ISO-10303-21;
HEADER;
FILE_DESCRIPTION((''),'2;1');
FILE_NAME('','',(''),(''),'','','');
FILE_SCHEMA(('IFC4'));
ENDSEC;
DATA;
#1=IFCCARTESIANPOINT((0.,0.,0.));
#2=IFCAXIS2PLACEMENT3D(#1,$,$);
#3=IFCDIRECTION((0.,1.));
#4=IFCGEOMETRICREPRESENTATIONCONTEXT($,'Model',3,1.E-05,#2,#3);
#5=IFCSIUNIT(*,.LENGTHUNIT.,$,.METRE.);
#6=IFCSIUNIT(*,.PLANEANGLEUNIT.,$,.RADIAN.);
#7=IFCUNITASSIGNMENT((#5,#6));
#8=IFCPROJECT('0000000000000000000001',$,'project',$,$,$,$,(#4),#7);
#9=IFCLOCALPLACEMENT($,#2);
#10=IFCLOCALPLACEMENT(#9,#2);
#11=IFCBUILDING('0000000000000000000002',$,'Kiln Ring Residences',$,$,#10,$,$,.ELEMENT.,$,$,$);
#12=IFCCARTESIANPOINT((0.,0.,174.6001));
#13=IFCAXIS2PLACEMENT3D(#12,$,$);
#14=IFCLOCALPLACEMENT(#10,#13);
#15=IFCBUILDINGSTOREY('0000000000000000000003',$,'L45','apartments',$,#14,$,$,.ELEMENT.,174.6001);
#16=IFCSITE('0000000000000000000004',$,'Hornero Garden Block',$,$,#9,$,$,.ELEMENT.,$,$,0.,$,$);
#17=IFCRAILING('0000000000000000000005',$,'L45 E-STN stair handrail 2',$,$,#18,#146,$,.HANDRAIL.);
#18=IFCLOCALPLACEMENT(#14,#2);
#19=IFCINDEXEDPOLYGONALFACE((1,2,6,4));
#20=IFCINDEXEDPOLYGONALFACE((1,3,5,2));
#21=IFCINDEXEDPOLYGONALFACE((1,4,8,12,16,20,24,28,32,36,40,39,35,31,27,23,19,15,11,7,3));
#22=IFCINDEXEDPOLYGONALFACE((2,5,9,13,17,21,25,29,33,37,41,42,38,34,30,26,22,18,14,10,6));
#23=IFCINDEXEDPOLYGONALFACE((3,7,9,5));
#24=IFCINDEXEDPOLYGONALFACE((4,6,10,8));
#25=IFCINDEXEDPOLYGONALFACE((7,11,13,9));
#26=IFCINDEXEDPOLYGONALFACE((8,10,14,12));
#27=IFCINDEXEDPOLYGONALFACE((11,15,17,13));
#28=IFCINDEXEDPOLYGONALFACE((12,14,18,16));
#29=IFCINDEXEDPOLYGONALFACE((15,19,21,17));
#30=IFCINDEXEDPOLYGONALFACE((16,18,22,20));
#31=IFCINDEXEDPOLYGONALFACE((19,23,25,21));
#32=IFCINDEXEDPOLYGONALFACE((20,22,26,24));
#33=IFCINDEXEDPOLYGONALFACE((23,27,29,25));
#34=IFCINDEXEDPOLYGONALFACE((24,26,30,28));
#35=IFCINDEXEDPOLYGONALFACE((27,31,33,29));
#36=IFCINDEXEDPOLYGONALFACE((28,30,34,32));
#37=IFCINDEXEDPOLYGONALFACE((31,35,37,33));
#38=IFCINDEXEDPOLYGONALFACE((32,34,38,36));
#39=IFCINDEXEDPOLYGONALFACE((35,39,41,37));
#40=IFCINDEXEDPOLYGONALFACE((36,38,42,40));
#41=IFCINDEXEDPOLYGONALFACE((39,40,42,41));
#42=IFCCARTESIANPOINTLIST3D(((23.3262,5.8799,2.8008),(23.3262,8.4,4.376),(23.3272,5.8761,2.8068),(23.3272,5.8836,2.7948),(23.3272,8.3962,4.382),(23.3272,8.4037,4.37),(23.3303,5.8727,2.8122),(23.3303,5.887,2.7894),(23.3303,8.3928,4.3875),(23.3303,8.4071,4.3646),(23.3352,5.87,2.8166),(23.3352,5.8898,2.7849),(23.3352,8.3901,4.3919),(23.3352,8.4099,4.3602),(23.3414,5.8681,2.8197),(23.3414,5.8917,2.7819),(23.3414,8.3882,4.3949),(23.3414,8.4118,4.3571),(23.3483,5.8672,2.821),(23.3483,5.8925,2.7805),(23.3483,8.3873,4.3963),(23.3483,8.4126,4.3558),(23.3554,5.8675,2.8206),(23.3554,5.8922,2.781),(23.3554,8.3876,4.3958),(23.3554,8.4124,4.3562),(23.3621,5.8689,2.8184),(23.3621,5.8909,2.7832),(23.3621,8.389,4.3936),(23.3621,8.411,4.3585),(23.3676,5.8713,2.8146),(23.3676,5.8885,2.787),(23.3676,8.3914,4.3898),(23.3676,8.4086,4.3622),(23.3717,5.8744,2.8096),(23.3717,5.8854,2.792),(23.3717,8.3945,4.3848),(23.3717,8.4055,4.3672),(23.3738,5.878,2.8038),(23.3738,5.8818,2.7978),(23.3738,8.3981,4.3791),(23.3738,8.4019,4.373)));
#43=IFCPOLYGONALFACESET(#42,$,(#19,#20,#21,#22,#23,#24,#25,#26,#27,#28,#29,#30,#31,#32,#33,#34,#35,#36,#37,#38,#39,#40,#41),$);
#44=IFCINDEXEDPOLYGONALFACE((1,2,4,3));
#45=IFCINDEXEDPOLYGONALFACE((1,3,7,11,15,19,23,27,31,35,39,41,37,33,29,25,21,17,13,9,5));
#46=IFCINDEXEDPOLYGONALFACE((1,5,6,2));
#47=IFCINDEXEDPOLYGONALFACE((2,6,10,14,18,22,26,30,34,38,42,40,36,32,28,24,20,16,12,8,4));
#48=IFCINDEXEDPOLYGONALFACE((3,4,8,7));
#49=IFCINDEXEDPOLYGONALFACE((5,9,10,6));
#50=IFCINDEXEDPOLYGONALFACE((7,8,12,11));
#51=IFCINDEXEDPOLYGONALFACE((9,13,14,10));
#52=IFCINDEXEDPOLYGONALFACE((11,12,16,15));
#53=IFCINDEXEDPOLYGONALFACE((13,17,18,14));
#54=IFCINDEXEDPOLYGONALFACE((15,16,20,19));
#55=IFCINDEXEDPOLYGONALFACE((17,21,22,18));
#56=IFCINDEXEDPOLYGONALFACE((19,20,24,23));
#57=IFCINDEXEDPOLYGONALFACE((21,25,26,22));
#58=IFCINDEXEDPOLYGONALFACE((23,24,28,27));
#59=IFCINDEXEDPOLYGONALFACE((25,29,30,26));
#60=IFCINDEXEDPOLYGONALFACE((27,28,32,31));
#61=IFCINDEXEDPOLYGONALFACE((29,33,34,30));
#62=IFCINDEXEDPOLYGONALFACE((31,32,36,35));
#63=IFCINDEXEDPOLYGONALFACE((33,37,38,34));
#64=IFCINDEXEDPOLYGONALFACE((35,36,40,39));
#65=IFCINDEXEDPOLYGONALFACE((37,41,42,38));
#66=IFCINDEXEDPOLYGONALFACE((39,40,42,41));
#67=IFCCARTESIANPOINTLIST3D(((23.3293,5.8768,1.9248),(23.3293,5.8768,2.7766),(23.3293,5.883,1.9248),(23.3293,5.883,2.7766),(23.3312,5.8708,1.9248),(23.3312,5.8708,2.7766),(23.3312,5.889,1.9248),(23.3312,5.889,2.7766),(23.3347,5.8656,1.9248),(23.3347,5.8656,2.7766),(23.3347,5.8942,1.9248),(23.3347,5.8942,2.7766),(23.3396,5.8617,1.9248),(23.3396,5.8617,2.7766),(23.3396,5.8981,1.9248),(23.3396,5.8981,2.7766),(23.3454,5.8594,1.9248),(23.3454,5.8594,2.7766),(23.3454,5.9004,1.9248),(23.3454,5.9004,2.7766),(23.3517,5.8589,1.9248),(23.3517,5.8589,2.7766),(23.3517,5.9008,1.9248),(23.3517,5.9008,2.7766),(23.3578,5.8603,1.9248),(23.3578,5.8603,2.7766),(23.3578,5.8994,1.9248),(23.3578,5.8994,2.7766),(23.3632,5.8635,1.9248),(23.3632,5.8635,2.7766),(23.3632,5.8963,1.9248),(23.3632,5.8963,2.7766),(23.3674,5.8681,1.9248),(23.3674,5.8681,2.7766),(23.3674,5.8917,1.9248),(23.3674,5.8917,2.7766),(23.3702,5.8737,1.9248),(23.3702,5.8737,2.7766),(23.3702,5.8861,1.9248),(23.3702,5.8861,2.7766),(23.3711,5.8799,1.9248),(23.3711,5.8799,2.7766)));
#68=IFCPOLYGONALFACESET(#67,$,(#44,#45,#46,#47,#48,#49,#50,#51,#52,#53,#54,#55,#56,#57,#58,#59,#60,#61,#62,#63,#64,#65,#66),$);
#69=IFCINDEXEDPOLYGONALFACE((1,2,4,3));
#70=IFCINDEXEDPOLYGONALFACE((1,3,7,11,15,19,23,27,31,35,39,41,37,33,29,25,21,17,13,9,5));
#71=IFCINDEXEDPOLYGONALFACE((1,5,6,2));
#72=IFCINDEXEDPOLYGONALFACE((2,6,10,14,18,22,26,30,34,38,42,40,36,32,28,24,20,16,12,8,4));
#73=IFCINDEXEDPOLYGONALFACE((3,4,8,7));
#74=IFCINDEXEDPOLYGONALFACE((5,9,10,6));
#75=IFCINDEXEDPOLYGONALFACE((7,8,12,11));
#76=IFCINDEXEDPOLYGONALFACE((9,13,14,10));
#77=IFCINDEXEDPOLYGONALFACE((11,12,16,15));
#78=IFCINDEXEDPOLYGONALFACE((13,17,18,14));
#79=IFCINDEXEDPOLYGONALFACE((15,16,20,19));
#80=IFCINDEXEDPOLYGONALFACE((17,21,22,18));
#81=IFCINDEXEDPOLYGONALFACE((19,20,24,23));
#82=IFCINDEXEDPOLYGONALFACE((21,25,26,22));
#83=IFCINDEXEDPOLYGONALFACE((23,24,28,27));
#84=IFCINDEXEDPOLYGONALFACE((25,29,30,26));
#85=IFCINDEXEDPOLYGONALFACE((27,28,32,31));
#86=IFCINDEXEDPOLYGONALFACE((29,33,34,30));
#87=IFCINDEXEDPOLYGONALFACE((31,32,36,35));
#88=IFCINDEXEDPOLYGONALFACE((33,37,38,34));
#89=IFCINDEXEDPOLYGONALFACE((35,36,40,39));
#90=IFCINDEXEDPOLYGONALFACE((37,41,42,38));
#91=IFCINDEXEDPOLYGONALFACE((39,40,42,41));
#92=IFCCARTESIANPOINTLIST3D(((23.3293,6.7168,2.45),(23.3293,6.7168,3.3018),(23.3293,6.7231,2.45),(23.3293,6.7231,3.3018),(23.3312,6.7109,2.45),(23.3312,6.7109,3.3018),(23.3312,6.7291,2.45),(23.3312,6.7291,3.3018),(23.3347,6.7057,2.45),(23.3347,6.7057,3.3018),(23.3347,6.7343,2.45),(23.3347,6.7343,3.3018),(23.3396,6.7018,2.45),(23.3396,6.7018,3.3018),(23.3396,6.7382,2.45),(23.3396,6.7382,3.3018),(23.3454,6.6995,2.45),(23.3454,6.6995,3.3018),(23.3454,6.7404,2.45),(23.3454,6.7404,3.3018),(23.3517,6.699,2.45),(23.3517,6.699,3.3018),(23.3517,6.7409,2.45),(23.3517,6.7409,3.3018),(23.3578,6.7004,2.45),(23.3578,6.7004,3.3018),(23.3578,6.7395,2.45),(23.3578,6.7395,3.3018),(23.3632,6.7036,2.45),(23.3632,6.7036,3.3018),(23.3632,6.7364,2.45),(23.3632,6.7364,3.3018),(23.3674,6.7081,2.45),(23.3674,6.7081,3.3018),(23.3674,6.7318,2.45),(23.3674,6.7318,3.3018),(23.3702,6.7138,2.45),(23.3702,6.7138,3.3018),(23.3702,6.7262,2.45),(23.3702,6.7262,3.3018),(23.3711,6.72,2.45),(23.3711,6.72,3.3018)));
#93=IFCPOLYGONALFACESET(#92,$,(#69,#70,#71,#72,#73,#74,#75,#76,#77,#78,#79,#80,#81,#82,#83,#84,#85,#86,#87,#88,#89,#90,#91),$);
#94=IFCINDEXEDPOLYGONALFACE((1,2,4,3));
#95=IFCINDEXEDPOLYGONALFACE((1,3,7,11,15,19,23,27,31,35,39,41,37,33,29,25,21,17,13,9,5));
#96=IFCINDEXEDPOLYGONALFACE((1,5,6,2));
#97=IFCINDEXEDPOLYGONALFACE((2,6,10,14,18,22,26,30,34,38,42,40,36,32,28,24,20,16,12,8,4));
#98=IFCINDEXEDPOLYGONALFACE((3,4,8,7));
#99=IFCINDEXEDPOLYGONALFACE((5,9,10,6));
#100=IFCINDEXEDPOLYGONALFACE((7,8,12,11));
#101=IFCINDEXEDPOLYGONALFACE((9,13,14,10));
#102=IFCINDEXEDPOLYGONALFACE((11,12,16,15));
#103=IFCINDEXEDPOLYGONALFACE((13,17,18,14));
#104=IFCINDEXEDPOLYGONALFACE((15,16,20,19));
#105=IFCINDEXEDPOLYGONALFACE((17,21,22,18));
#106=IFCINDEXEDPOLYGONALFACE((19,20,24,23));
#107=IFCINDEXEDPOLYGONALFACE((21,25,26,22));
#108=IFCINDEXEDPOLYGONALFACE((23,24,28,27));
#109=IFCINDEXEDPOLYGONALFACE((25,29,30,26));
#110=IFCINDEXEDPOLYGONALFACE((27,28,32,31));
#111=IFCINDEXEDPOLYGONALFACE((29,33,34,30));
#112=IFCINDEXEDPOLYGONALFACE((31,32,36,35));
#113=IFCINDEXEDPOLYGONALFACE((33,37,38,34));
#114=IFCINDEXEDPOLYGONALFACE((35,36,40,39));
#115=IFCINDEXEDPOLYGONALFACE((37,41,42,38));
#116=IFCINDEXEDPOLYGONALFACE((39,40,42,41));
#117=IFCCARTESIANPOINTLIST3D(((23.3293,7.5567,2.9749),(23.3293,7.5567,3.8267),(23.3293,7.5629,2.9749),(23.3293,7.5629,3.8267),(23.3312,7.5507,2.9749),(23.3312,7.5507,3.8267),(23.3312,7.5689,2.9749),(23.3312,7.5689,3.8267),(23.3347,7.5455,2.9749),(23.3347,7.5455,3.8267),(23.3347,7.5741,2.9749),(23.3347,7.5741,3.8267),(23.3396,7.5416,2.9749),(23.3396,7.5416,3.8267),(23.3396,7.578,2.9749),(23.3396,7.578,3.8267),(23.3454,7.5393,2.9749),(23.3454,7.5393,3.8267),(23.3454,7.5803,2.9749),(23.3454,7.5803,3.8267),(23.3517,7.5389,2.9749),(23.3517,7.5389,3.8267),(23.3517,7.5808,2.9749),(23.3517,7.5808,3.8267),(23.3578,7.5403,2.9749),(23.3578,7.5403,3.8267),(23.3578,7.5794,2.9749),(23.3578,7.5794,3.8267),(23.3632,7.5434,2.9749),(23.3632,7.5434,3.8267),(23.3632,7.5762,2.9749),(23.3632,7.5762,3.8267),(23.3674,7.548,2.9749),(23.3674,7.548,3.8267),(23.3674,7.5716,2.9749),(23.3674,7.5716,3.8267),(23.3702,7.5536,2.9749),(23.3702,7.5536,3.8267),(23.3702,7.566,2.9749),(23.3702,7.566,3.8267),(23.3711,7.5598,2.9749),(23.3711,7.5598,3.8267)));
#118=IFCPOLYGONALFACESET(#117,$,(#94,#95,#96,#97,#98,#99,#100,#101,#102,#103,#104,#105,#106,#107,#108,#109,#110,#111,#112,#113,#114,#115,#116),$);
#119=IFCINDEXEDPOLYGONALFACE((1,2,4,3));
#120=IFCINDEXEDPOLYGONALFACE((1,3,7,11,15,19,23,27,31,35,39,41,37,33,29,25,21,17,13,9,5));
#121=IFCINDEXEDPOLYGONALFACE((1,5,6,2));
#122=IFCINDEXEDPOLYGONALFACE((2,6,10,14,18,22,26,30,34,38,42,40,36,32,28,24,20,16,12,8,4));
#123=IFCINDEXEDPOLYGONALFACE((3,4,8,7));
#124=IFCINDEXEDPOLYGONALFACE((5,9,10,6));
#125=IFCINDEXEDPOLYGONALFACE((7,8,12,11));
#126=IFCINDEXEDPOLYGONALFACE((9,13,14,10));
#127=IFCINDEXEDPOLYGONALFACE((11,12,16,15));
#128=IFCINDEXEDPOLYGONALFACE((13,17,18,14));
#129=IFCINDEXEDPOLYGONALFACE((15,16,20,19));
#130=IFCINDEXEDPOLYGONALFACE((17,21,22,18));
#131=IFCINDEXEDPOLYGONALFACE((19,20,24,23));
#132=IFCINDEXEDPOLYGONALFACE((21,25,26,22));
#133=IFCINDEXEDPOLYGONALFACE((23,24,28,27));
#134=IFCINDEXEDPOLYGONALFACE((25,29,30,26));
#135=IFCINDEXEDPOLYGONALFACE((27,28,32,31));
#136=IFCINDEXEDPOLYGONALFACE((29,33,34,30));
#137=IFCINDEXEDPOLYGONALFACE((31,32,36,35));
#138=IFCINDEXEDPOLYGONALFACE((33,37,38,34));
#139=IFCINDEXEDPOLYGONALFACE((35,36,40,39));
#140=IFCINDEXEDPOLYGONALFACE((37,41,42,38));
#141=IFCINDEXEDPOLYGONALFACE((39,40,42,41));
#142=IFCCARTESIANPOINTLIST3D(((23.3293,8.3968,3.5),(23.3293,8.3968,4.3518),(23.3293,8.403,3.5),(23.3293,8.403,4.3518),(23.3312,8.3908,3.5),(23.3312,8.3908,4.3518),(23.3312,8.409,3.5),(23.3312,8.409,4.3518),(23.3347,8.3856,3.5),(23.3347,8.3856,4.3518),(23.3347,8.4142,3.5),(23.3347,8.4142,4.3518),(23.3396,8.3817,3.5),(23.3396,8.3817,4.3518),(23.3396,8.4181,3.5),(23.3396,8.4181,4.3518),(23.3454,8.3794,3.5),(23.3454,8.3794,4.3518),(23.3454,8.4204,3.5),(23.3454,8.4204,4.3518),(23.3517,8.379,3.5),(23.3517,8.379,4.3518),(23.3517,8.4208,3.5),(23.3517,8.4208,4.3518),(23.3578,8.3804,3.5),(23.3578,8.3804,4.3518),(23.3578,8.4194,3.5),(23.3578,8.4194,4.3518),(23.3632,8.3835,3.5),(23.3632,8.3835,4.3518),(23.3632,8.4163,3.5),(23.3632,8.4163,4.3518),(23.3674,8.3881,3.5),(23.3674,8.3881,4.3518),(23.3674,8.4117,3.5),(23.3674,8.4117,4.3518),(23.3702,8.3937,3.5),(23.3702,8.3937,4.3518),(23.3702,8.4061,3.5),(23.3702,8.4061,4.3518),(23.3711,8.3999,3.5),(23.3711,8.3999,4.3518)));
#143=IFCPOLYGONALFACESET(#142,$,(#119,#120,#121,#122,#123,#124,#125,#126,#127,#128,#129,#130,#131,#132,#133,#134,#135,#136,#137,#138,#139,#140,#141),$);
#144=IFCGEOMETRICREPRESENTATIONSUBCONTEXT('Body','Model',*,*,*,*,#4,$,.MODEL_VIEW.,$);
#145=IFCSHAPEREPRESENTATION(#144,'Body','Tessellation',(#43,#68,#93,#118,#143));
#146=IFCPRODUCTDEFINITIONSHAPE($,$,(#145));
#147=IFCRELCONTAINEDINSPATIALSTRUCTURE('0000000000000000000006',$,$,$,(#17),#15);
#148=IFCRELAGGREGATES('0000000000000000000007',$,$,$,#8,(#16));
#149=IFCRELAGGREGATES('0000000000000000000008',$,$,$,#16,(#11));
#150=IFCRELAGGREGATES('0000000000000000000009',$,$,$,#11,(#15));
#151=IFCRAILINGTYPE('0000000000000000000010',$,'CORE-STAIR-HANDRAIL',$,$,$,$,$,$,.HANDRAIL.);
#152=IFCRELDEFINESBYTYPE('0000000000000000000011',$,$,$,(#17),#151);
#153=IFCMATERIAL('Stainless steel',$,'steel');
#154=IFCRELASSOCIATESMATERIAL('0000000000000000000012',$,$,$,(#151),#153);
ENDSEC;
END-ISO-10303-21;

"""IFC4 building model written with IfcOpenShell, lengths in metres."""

from ifc_helpers import new_model, si_unit, direction, frame, origin, origin_2d, place, context, subcontext, project, spatial, circle, extrude, material, type_object, element, save


model = new_model("IFC4")

# Units and contexts
model_context = context("Model", 3, precision=1e-05, world=origin(), true_north=direction((0.0, 1.0)))
body_context = subcontext(model_context, "Body", "Model", "MODEL_VIEW")
ifc_project = project(units=[si_unit("LENGTHUNIT", "METRE"), si_unit("PLANEANGLEUNIT", "RADIAN")], contexts=[model_context])

# Site, building, storey
site_placement = place(None, origin())
site = spatial("IfcSite", under=ifc_project, at=site_placement, Name="Hornero Garden Block", CompositionType="ELEMENT", RefElevation=0.0)
building_placement = place(site_placement, origin())
building = spatial("IfcBuilding", under=site, at=building_placement, Name="Kiln Ring Residences", CompositionType="ELEMENT")
storey_placement = place(building_placement, frame((0.0, 0.0, 174.6001)))
storey = spatial("IfcBuildingStorey", under=building, at=storey_placement, Name="L45", Description="apartments", CompositionType="ELEMENT", Elevation=174.6001)

# Railing
ifc_material_1 = material(Name="Stainless steel", Category="steel")
railing_type_1 = type_object("IfcRailingType", Name="CORE-STAIR-HANDRAIL", PredefinedType="HANDRAIL", material=ifc_material_1)
railing_1_placement = place(storey_placement, frame((23.3501, 5.8799, 1.9248)))
element("IfcRailing", 1, at=railing_1_placement, inside=storey, type_object=railing_type_1, Name="L45 E-STN stair handrail 2", PredefinedType="HANDRAIL", context=body_context, shape_type="SweptSolid", body=[
    extrude(circle(Radius=0.0239, at=origin_2d()), frame((0.0, 0.0, 0.876), z_axis=(0.0, 0.847971, 0.530043), x_axis=(-1.0, 0.0, 0.0)), (0.0, 0.0, 1.0), 2.9719),
    extrude(circle(Radius=0.021, at=origin_2d()), origin(), (0.0, 0.0, 1.0), 0.8518),
    extrude(circle(Radius=0.021, at=origin_2d()), frame((0.0, 0.8401, 0.5251)), (0.0, 0.0, 1.0), 0.8518),
    extrude(circle(Radius=0.021, at=origin_2d()), frame((0.0, 1.6799, 1.05)), (0.0, 0.0, 1.0), 0.8518),
    extrude(circle(Radius=0.021, at=origin_2d()), frame((0.0, 2.52, 1.5752)), (0.0, 0.0, 1.0), 0.8518),
])

save(model, "model.ifc")
